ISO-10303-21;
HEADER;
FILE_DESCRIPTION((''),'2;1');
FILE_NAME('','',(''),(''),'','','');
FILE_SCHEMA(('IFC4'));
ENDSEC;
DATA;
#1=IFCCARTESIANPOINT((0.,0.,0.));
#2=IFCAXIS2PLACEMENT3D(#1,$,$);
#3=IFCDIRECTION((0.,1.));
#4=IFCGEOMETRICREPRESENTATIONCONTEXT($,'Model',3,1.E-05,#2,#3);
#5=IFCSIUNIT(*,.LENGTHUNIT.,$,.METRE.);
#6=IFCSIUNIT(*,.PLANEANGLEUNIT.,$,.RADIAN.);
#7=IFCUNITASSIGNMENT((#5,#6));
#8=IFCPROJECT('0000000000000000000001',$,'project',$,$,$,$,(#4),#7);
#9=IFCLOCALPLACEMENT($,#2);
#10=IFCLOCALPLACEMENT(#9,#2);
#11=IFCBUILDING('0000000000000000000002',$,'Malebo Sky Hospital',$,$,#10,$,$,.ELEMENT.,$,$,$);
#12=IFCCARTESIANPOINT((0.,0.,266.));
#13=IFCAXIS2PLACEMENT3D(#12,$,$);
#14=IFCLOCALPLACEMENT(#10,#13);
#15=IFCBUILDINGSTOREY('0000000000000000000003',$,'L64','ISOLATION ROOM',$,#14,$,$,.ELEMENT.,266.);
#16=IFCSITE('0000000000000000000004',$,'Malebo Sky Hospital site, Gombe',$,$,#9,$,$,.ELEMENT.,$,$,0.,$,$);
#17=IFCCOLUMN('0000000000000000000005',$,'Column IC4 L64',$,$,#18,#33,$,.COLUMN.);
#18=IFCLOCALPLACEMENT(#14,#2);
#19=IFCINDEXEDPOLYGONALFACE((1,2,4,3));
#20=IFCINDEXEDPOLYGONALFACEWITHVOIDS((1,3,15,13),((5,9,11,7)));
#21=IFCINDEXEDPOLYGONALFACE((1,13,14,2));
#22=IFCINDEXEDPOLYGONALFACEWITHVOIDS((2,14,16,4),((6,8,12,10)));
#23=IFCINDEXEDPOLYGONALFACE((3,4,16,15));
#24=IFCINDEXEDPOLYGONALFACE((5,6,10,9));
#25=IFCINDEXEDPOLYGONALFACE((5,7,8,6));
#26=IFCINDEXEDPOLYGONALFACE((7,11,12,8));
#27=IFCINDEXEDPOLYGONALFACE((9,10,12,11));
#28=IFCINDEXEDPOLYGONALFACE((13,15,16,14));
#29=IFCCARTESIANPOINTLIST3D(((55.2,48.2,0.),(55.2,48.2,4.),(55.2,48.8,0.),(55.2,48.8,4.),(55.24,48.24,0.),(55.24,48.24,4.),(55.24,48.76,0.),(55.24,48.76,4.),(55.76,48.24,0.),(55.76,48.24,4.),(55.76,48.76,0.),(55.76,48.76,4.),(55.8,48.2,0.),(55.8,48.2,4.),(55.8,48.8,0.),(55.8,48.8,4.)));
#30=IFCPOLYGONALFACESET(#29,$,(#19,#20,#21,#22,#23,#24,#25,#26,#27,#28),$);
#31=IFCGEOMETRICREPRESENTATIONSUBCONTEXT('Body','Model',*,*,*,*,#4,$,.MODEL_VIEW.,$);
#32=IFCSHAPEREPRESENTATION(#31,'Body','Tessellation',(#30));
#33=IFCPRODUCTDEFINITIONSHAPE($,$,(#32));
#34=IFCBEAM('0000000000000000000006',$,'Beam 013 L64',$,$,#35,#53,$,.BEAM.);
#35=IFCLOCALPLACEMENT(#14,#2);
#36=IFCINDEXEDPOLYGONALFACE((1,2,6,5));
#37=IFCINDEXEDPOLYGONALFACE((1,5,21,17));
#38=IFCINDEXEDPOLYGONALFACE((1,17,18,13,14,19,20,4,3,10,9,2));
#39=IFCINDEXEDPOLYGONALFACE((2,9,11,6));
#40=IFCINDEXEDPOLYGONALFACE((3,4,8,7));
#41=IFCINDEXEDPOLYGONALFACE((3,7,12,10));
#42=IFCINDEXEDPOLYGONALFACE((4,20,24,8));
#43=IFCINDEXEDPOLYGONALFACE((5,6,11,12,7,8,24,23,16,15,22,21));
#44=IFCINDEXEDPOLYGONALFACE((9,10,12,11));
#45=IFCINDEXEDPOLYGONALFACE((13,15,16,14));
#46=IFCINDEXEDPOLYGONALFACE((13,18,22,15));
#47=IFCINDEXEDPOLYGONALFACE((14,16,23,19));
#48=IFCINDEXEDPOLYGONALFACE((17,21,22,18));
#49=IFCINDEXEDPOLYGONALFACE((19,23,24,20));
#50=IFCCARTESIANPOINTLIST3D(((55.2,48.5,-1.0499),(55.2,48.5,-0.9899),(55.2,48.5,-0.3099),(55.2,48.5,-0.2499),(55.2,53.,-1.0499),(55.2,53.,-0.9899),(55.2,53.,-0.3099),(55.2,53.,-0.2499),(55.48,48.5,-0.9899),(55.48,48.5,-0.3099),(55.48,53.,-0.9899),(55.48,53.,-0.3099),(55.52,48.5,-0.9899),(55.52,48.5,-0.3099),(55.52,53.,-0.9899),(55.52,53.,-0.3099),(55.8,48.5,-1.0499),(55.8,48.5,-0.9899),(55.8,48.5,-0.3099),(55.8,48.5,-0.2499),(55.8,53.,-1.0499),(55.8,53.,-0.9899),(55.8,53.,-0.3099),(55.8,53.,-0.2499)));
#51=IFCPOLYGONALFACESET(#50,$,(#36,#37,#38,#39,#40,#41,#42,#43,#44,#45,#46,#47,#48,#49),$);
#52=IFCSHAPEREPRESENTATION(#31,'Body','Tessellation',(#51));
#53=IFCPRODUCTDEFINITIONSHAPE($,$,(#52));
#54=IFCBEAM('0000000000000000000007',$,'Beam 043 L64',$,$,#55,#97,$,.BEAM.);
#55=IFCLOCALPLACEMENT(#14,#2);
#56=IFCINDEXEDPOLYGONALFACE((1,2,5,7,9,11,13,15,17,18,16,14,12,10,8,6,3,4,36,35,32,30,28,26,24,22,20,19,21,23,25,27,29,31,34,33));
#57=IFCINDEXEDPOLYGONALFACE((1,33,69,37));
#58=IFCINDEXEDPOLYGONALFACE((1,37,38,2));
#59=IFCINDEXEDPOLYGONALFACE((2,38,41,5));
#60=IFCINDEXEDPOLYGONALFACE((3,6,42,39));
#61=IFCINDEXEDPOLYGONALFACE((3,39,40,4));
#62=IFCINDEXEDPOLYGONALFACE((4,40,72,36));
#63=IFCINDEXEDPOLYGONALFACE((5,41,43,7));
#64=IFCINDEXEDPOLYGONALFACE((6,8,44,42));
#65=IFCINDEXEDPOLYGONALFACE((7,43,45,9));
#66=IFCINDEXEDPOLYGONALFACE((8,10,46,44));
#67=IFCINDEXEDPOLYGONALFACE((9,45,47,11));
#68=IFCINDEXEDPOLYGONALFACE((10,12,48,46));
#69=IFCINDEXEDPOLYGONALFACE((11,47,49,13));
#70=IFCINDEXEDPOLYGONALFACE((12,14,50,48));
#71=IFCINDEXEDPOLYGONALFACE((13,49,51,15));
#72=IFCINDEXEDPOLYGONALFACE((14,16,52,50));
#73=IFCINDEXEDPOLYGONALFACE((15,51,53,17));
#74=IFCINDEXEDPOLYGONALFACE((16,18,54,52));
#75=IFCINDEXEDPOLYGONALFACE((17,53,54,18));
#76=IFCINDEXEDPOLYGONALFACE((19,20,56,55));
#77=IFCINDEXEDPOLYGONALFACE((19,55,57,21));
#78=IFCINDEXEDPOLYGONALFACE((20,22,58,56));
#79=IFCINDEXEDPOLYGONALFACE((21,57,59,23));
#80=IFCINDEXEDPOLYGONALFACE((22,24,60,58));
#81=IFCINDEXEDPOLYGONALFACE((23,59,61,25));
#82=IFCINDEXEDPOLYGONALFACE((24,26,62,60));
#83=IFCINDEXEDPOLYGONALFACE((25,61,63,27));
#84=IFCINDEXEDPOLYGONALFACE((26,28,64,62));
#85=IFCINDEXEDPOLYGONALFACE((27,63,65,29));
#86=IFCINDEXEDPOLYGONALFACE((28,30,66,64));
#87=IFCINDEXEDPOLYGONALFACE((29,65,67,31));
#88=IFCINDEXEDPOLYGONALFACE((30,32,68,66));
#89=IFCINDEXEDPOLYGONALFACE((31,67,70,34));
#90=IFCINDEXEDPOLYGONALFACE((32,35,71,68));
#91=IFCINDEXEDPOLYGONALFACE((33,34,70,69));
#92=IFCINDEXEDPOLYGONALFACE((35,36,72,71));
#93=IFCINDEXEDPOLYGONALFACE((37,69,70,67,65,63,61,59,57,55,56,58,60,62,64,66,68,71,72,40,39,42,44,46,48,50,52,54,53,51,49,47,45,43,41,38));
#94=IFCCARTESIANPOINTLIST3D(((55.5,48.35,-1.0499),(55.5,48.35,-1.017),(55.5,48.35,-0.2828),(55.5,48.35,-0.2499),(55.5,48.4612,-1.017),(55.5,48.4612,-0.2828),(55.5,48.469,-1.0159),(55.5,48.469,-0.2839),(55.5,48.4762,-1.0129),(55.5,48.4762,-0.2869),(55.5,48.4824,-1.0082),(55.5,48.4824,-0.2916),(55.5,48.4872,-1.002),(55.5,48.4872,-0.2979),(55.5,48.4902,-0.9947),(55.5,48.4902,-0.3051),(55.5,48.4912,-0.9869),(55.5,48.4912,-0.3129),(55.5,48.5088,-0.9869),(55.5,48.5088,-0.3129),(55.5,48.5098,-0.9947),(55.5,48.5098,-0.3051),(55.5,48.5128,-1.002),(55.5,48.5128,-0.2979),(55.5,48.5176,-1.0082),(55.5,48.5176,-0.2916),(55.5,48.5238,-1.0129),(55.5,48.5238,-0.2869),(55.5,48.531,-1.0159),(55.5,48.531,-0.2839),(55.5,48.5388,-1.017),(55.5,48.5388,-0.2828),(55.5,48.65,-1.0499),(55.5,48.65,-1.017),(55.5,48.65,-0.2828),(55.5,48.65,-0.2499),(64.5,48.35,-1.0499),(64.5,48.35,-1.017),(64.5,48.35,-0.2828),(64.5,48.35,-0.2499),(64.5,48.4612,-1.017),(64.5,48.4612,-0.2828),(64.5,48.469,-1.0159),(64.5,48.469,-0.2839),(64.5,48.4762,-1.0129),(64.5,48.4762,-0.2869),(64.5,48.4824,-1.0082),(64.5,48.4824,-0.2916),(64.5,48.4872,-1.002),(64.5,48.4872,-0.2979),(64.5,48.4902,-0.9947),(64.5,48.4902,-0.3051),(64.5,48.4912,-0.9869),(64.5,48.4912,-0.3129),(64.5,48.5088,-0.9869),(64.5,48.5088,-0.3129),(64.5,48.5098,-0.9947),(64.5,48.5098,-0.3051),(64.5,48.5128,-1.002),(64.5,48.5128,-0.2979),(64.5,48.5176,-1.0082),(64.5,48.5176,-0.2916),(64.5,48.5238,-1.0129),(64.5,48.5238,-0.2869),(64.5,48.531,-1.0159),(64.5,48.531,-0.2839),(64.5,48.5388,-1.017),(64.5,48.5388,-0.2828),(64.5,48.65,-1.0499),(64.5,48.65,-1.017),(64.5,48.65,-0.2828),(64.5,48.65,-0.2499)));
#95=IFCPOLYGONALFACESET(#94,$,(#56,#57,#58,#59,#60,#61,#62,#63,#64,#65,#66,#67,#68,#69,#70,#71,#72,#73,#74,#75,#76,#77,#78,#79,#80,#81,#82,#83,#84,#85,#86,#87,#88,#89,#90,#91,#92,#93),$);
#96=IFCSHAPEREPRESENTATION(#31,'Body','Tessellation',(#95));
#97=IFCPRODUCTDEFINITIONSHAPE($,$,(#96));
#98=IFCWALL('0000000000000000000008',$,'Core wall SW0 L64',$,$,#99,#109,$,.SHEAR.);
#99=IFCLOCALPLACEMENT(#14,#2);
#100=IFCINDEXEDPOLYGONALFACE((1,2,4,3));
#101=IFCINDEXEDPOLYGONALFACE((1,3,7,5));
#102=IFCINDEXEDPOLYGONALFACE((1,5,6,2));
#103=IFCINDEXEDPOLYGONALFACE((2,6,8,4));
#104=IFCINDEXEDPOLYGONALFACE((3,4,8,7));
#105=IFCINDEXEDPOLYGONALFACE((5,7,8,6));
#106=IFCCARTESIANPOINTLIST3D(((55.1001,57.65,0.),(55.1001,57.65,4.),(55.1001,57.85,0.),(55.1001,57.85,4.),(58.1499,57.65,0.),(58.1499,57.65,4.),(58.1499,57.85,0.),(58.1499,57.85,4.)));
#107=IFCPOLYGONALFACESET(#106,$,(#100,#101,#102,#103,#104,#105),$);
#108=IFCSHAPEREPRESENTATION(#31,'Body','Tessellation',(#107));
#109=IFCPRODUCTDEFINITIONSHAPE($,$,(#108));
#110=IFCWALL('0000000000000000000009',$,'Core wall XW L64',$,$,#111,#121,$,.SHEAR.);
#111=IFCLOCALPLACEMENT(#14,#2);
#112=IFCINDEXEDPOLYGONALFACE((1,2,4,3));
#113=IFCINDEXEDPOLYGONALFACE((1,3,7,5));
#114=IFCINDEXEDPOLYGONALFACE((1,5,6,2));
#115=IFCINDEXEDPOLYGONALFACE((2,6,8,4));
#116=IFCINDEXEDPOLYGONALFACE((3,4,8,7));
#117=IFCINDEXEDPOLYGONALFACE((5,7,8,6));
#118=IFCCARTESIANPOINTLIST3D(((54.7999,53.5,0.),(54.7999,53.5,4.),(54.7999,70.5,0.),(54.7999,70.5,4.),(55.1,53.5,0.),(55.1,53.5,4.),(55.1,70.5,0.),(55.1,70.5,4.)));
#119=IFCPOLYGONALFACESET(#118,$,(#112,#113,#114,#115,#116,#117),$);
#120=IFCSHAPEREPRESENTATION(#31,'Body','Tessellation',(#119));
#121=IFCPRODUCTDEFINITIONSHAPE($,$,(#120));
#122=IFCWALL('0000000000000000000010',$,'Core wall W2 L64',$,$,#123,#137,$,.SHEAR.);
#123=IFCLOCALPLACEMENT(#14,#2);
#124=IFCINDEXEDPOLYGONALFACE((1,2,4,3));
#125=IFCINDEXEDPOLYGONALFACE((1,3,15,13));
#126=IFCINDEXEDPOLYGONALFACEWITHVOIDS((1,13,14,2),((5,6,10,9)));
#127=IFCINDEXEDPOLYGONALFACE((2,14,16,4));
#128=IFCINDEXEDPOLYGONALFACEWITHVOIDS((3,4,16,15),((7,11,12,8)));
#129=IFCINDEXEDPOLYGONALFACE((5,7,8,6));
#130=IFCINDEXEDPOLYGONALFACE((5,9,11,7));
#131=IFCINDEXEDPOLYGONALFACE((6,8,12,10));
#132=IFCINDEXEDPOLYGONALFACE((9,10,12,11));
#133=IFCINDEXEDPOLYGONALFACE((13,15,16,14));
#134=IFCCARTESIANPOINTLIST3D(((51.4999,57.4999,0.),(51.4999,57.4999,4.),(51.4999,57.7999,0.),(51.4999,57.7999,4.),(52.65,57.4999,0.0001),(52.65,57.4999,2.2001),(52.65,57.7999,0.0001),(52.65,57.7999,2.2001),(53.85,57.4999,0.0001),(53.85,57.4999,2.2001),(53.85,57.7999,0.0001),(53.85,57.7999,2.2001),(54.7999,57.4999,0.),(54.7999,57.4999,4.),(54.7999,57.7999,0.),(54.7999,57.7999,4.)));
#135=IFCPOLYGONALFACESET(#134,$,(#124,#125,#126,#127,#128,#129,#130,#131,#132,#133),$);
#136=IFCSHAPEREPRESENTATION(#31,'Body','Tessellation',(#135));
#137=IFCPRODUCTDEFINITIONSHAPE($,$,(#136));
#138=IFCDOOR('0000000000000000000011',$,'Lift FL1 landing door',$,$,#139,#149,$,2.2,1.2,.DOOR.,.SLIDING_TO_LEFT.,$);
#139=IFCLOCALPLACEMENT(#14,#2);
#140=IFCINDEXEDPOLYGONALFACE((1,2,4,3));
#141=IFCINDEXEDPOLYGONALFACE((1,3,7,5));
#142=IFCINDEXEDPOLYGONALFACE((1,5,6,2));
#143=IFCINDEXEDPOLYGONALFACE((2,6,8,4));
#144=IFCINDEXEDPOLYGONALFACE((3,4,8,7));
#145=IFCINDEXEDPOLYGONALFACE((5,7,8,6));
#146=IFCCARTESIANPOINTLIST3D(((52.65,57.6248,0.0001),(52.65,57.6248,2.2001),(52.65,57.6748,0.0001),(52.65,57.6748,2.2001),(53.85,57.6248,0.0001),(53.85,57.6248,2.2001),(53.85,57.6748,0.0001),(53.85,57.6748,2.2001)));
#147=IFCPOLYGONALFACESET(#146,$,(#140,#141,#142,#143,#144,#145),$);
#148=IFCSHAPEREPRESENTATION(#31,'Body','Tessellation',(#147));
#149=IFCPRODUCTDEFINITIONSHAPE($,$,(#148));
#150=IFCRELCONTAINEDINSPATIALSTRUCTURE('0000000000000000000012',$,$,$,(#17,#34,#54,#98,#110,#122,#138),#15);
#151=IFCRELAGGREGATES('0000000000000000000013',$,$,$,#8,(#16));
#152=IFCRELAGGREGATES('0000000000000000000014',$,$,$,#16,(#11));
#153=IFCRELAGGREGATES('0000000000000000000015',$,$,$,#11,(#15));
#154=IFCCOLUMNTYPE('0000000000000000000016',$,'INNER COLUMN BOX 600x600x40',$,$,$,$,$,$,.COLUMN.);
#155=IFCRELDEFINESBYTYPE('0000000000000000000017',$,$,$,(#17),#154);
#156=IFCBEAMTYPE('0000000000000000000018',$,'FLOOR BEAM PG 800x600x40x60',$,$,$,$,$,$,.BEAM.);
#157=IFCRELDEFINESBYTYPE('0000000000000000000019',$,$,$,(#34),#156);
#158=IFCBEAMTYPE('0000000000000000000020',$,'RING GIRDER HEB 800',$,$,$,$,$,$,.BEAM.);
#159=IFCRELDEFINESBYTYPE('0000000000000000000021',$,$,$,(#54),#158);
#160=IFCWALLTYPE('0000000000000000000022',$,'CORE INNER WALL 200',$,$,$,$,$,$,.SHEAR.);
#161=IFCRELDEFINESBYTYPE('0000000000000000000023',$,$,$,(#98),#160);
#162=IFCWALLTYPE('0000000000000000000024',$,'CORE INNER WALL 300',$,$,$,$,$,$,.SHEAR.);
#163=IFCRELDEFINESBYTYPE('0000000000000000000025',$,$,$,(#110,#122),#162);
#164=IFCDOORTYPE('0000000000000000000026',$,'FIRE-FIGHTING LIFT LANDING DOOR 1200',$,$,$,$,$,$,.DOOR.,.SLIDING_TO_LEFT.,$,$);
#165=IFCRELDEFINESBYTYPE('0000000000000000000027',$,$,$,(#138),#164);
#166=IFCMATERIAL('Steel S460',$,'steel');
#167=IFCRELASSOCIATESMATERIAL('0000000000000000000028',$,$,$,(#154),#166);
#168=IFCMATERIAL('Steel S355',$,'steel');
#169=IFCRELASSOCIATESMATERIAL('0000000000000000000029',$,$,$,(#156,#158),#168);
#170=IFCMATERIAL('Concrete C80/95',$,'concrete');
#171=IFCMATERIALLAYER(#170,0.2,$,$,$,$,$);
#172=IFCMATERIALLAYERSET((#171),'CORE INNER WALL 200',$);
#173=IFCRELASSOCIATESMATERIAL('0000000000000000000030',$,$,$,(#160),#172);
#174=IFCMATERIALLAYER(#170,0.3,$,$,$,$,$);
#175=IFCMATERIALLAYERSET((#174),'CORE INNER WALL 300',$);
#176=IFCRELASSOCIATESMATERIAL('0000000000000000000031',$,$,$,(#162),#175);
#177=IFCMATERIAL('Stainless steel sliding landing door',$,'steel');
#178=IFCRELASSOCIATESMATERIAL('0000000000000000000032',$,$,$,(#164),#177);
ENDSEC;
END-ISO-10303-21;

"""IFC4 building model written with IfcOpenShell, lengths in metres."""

from ifc_helpers import new_model, si_unit, direction, frame, frame_2d, origin, origin_2d, place, context, subcontext, project, spatial, rectangle, hollow_rectangle, i_section, extrude, material, layer, layer_set, material_profile, profile_set, type_object, element, fill, save


model = new_model("IFC4")

# Units and contexts
model_context = context("Model", 3, precision=1e-05, world=origin(), true_north=direction((0.0, 1.0)))
body_context = subcontext(model_context, "Body", "Model", "MODEL_VIEW")
ifc_project = project(units=[si_unit("LENGTHUNIT", "METRE"), si_unit("PLANEANGLEUNIT", "RADIAN")], contexts=[model_context])

# Site, building, storey
site_placement = place(None, origin())
site = spatial("IfcSite", under=ifc_project, at=site_placement, Name="Malebo Sky Hospital site, Gombe", CompositionType="ELEMENT", RefElevation=0.0)
building_placement = place(site_placement, origin())
building = spatial("IfcBuilding", under=site, at=building_placement, Name="Malebo Sky Hospital", CompositionType="ELEMENT")
storey_placement = place(building_placement, frame((0.0, 0.0, 266.0)))
storey = spatial("IfcBuildingStorey", under=building, at=storey_placement, Name="L64", Description="ISOLATION ROOM", CompositionType="ELEMENT", Elevation=266.0)

# Column
ifc_material_1 = material(Name="Steel S460", Category="steel")
ifc_material_profile_1 = material_profile(ifc_material_1, hollow_rectangle(XDim=0.6001, YDim=0.6001, WallThickness=0.04, at=origin_2d()), Name="BOX 600x600x40")
ifc_profile_set_1 = profile_set([ifc_material_profile_1], Name="Steel S460")
column_type = type_object("IfcColumnType", Name="INNER COLUMN BOX 600x600x40", PredefinedType="COLUMN", material=ifc_profile_set_1)
column_placement = place(storey_placement, frame((55.5, 48.5, 0.0), z_axis=(0.0, 0.0, 1.0), x_axis=(1.0, 0.0, 0.0)))
element("IfcColumn", 1, at=column_placement, inside=storey, type_object=column_type, Name="Column IC4 L64", PredefinedType="COLUMN", context=body_context, shape_type="SweptSolid", body=[
    extrude(hollow_rectangle(XDim=0.6001, YDim=0.6001, WallThickness=0.04, at=origin_2d()), origin(), (0.0, 0.0, 1.0), 4.0),
])

# Beams
ifc_material_2 = material(Name="Steel S355", Category="steel")
ifc_material_profile_2 = material_profile(ifc_material_2, i_section(OverallWidth=0.6001, OverallDepth=0.8, WebThickness=0.04, FlangeThickness=0.0601, at=origin_2d()), Name="PG 800x600x40x60")
ifc_profile_set_2 = profile_set([ifc_material_profile_2], Name="Steel S355")
beam_type_1 = type_object("IfcBeamType", Name="FLOOR BEAM PG 800x600x40x60", PredefinedType="BEAM", material=ifc_profile_set_2)
beam_1_placement = place(storey_placement, frame((55.5, 48.5, -0.6499), z_axis=(0.0, 1.0, 0.0), x_axis=(-1.0, 0.0, 0.0)))
element("IfcBeam", 2, at=beam_1_placement, inside=storey, type_object=beam_type_1, Name="Beam 013 L64", PredefinedType="BEAM", context=body_context, shape_type="SweptSolid", body=[
    extrude(i_section(OverallWidth=0.6001, OverallDepth=0.8, WebThickness=0.04, FlangeThickness=0.0601, at=origin_2d()), origin(), (0.0, 0.0, 1.0), 4.5),
])
ifc_material_profile_3 = material_profile(ifc_material_2, i_section(OverallWidth=0.3, OverallDepth=0.8, WebThickness=0.0176, FlangeThickness=0.033, FilletRadius=0.03, at=origin_2d()), Name="HEB 800")
ifc_profile_set_3 = profile_set([ifc_material_profile_3], Name="Steel S355")
beam_type_2 = type_object("IfcBeamType", Name="RING GIRDER HEB 800", PredefinedType="BEAM", material=ifc_profile_set_3)
beam_2_placement = place(storey_placement, frame((55.5, 48.5, -0.6499), z_axis=(1.0, 0.0, 0.0), x_axis=(0.0, 1.0, 0.0)))
element("IfcBeam", 3, at=beam_2_placement, inside=storey, type_object=beam_type_2, Name="Beam 043 L64", PredefinedType="BEAM", context=body_context, shape_type="SweptSolid", body=[
    extrude(i_section(OverallWidth=0.3, OverallDepth=0.8, WebThickness=0.0176, FlangeThickness=0.033, FilletRadius=0.03, at=origin_2d()), origin(), (0.0, 0.0, 1.0), 9.0),
])

# Walls
ifc_material_3 = material(Name="Concrete C80/95", Category="concrete")
ifc_layer_1 = layer(ifc_material_3, 0.2)
ifc_layer_set_1 = layer_set([ifc_layer_1], Name="CORE INNER WALL 200")
wall_type_1 = type_object("IfcWallType", Name="CORE INNER WALL 200", PredefinedType="SHEAR", material=ifc_layer_set_1)
wall_1_placement = place(storey_placement, frame((55.1001, 57.75, 0.0), z_axis=(0.0, 0.0, 1.0), x_axis=(1.0, 0.0, 0.0)))
element("IfcWall", 4, at=wall_1_placement, inside=storey, type_object=wall_type_1, Name="Core wall SW0 L64", PredefinedType="SHEAR", context=body_context, shape_type="SweptSolid", body=[
    extrude(rectangle(XDim=3.0498, YDim=0.2, at=frame_2d((1.5249, 0.0))), origin(), (0.0, 0.0, 1.0), 4.0),
])
ifc_layer_2 = layer(ifc_material_3, 0.3)
ifc_layer_set_2 = layer_set([ifc_layer_2], Name="CORE INNER WALL 300")
wall_type_2 = type_object("IfcWallType", Name="CORE INNER WALL 300", PredefinedType="SHEAR", material=ifc_layer_set_2)
wall_2_placement = place(storey_placement, frame((54.95, 53.5, 0.0), z_axis=(0.0, 0.0, 1.0), x_axis=(0.0, 1.0, 0.0)))
element("IfcWall", 5, at=wall_2_placement, inside=storey, type_object=wall_type_2, Name="Core wall XW L64", PredefinedType="SHEAR", context=body_context, shape_type="SweptSolid", body=[
    extrude(rectangle(XDim=17.0, YDim=0.3, at=frame_2d((8.5, 0.0))), origin(), (0.0, 0.0, 1.0), 4.0),
])

# Wall, opening, door
wall_3_placement = place(storey_placement, frame((51.5, 57.6499, 0.0), z_axis=(0.0, 0.0, 1.0), x_axis=(1.0, 0.0, 0.0)))
wall_3 = element("IfcWall", 6, at=wall_3_placement, inside=storey, type_object=wall_type_2, Name="Core wall W2 L64", PredefinedType="SHEAR", context=body_context, shape_type="SweptSolid", body=[
    extrude(rectangle(XDim=3.3, YDim=0.3, at=frame_2d((1.6499, 0.0))), origin(), (0.0, 0.0, 1.0), 4.0),
])
opening_1_placement = place(wall_3_placement, frame((1.1499, 0.0, 0.0)))
opening_1 = element("IfcOpeningElement", 7, at=opening_1_placement, cuts=wall_3, PredefinedType="OPENING", context=body_context, shape_type="SweptSolid", body=[
    extrude(rectangle(XDim=1.2, YDim=2.2, at=frame_2d((0.6001, 1.1001))), frame((0.0, 0.1599, 0.0), z_axis=(0.0, -1.0, 0.0), x_axis=(1.0, 0.0, 0.0)), (0.0, 0.0, 1.0), 0.3201),
])
ifc_material_4 = material(Name="Stainless steel sliding landing door", Category="steel")
door_type_1 = type_object("IfcDoorType", Name="FIRE-FIGHTING LIFT LANDING DOOR 1200", OperationType="SLIDING_TO_LEFT", PredefinedType="DOOR", material=ifc_material_4)
door_1_placement = place(opening_1_placement, origin())
door_1 = element("IfcDoor", 8, at=door_1_placement, inside=storey, type_object=door_type_1, Name="Lift FL1 landing door", OperationType="SLIDING_TO_LEFT", OverallHeight=2.2, OverallWidth=1.2, PredefinedType="DOOR", context=body_context, shape_type="SweptSolid", body=[
    extrude(rectangle(XDim=1.2, YDim=2.2, at=frame_2d((0.6001, 1.1001))), frame((0.0, 0.0249, 0.0), z_axis=(0.0, -1.0, 0.0), x_axis=(1.0, 0.0, 0.0)), (0.0, 0.0, 1.0), 0.05),
])
fill(opening_1, door_1)

save(model, "model.ifc")
